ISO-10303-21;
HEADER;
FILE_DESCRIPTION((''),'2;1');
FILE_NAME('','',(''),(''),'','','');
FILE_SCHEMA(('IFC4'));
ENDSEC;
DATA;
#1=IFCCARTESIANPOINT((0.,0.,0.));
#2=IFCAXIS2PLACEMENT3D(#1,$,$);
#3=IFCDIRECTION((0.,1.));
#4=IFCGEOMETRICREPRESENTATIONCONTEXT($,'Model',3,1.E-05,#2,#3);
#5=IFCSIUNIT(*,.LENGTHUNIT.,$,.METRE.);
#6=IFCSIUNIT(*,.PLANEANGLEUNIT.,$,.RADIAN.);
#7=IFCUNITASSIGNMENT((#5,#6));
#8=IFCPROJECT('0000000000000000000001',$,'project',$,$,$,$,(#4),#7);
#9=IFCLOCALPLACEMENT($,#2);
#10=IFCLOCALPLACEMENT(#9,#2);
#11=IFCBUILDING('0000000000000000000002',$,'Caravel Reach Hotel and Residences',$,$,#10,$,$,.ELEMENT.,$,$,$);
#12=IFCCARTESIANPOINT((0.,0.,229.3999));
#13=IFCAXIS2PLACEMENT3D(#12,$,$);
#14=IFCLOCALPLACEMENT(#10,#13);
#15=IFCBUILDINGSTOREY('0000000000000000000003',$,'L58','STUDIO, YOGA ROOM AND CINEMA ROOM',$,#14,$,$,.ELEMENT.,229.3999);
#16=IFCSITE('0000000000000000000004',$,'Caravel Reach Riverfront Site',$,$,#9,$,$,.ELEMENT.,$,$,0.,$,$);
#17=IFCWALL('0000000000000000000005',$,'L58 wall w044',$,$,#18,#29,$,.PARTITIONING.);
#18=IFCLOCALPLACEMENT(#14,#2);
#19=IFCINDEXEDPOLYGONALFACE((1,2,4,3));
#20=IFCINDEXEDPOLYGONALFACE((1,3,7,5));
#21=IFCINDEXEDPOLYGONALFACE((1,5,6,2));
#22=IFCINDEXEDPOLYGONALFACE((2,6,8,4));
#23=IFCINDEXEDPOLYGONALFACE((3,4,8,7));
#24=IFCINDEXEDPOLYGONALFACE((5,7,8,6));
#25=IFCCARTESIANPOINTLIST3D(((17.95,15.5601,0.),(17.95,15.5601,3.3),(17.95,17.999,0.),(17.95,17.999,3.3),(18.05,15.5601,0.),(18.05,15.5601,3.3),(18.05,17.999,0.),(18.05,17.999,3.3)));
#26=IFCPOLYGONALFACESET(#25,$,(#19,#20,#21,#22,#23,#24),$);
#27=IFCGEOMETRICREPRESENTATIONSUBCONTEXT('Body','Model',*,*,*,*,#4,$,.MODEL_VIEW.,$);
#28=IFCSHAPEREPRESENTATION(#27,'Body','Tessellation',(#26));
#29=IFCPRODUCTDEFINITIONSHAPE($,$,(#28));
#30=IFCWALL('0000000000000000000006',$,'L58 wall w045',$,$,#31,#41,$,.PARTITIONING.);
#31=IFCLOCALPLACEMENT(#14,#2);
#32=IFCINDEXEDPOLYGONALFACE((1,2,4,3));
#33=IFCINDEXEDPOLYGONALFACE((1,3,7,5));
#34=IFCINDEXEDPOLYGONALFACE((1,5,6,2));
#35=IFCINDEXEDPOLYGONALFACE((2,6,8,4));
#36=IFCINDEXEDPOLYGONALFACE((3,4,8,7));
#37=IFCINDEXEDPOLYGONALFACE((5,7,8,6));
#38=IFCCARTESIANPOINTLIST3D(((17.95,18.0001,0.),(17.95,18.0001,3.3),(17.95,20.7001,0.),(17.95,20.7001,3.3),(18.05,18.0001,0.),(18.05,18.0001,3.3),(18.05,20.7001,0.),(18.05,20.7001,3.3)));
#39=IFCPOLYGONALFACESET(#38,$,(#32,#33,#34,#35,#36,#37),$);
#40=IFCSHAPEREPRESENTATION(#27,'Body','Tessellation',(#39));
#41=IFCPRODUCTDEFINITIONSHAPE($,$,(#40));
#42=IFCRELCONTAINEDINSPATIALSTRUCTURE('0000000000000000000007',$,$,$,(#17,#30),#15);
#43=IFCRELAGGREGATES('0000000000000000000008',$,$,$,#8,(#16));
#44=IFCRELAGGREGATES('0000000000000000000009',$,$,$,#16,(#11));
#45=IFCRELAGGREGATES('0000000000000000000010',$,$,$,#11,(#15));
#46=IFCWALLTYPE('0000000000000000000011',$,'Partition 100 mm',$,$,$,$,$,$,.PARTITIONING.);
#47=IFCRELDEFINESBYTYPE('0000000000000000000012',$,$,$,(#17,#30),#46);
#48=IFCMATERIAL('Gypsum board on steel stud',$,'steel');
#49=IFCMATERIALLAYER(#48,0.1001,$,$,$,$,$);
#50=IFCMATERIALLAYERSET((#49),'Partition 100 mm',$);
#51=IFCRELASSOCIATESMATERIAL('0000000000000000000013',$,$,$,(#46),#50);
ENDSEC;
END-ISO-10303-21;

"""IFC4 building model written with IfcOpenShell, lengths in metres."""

from ifc_helpers import new_model, si_unit, direction, frame, frame_2d, origin, place, context, subcontext, project, spatial, rectangle, extrude, material, layer, layer_set, type_object, element, save


model = new_model("IFC4")

# Units and contexts
model_context = context("Model", 3, precision=1e-05, world=origin(), true_north=direction((0.0, 1.0)))
body_context = subcontext(model_context, "Body", "Model", "MODEL_VIEW")
ifc_project = project(units=[si_unit("LENGTHUNIT", "METRE"), si_unit("PLANEANGLEUNIT", "RADIAN")], contexts=[model_context])

# Site, building, storey
site_placement = place(None, origin())
site = spatial("IfcSite", under=ifc_project, at=site_placement, Name="Caravel Reach Riverfront Site", CompositionType="ELEMENT", RefElevation=0.0)
building_placement = place(site_placement, origin())
building = spatial("IfcBuilding", under=site, at=building_placement, Name="Caravel Reach Hotel and Residences", CompositionType="ELEMENT")
storey_placement = place(building_placement, frame((0.0, 0.0, 229.3999)))
storey = spatial("IfcBuildingStorey", under=building, at=storey_placement, Name="L58", Description="STUDIO, YOGA ROOM AND CINEMA ROOM", CompositionType="ELEMENT", Elevation=229.3999)

# Walls
ifc_material_1 = material(Name="Gypsum board on steel stud", Category="steel")
ifc_layer_1 = layer(ifc_material_1, 0.1001)
ifc_layer_set_1 = layer_set([ifc_layer_1], Name="Partition 100 mm")
wall_type_1 = type_object("IfcWallType", Name="Partition 100 mm", PredefinedType="PARTITIONING", material=ifc_layer_set_1)
wall_1_placement = place(storey_placement, frame((18.0, 15.5601, 0.0), z_axis=(0.0, 0.0, 1.0), x_axis=(0.0, 1.0, 0.0)))
element("IfcWall", 1, at=wall_1_placement, inside=storey, type_object=wall_type_1, Name="L58 wall w044", PredefinedType="PARTITIONING", context=body_context, shape_type="SweptSolid", body=[
    extrude(rectangle(XDim=2.439, YDim=0.1001, at=frame_2d((1.2195, 0.0))), origin(), (0.0, 0.0, 1.0), 3.3),
])
wall_2_placement = place(storey_placement, frame((18.0, 18.0, 0.0), z_axis=(0.0, 0.0, 1.0), x_axis=(0.0, 1.0, 0.0)))
element("IfcWall", 2, at=wall_2_placement, inside=storey, type_object=wall_type_1, Name="L58 wall w045", PredefinedType="PARTITIONING", context=body_context, shape_type="SweptSolid", body=[
    extrude(rectangle(XDim=2.7, YDim=0.1001, at=frame_2d((1.3501, 0.0))), origin(), (0.0, 0.0, 1.0), 3.3),
])

save(model, "model.ifc")
